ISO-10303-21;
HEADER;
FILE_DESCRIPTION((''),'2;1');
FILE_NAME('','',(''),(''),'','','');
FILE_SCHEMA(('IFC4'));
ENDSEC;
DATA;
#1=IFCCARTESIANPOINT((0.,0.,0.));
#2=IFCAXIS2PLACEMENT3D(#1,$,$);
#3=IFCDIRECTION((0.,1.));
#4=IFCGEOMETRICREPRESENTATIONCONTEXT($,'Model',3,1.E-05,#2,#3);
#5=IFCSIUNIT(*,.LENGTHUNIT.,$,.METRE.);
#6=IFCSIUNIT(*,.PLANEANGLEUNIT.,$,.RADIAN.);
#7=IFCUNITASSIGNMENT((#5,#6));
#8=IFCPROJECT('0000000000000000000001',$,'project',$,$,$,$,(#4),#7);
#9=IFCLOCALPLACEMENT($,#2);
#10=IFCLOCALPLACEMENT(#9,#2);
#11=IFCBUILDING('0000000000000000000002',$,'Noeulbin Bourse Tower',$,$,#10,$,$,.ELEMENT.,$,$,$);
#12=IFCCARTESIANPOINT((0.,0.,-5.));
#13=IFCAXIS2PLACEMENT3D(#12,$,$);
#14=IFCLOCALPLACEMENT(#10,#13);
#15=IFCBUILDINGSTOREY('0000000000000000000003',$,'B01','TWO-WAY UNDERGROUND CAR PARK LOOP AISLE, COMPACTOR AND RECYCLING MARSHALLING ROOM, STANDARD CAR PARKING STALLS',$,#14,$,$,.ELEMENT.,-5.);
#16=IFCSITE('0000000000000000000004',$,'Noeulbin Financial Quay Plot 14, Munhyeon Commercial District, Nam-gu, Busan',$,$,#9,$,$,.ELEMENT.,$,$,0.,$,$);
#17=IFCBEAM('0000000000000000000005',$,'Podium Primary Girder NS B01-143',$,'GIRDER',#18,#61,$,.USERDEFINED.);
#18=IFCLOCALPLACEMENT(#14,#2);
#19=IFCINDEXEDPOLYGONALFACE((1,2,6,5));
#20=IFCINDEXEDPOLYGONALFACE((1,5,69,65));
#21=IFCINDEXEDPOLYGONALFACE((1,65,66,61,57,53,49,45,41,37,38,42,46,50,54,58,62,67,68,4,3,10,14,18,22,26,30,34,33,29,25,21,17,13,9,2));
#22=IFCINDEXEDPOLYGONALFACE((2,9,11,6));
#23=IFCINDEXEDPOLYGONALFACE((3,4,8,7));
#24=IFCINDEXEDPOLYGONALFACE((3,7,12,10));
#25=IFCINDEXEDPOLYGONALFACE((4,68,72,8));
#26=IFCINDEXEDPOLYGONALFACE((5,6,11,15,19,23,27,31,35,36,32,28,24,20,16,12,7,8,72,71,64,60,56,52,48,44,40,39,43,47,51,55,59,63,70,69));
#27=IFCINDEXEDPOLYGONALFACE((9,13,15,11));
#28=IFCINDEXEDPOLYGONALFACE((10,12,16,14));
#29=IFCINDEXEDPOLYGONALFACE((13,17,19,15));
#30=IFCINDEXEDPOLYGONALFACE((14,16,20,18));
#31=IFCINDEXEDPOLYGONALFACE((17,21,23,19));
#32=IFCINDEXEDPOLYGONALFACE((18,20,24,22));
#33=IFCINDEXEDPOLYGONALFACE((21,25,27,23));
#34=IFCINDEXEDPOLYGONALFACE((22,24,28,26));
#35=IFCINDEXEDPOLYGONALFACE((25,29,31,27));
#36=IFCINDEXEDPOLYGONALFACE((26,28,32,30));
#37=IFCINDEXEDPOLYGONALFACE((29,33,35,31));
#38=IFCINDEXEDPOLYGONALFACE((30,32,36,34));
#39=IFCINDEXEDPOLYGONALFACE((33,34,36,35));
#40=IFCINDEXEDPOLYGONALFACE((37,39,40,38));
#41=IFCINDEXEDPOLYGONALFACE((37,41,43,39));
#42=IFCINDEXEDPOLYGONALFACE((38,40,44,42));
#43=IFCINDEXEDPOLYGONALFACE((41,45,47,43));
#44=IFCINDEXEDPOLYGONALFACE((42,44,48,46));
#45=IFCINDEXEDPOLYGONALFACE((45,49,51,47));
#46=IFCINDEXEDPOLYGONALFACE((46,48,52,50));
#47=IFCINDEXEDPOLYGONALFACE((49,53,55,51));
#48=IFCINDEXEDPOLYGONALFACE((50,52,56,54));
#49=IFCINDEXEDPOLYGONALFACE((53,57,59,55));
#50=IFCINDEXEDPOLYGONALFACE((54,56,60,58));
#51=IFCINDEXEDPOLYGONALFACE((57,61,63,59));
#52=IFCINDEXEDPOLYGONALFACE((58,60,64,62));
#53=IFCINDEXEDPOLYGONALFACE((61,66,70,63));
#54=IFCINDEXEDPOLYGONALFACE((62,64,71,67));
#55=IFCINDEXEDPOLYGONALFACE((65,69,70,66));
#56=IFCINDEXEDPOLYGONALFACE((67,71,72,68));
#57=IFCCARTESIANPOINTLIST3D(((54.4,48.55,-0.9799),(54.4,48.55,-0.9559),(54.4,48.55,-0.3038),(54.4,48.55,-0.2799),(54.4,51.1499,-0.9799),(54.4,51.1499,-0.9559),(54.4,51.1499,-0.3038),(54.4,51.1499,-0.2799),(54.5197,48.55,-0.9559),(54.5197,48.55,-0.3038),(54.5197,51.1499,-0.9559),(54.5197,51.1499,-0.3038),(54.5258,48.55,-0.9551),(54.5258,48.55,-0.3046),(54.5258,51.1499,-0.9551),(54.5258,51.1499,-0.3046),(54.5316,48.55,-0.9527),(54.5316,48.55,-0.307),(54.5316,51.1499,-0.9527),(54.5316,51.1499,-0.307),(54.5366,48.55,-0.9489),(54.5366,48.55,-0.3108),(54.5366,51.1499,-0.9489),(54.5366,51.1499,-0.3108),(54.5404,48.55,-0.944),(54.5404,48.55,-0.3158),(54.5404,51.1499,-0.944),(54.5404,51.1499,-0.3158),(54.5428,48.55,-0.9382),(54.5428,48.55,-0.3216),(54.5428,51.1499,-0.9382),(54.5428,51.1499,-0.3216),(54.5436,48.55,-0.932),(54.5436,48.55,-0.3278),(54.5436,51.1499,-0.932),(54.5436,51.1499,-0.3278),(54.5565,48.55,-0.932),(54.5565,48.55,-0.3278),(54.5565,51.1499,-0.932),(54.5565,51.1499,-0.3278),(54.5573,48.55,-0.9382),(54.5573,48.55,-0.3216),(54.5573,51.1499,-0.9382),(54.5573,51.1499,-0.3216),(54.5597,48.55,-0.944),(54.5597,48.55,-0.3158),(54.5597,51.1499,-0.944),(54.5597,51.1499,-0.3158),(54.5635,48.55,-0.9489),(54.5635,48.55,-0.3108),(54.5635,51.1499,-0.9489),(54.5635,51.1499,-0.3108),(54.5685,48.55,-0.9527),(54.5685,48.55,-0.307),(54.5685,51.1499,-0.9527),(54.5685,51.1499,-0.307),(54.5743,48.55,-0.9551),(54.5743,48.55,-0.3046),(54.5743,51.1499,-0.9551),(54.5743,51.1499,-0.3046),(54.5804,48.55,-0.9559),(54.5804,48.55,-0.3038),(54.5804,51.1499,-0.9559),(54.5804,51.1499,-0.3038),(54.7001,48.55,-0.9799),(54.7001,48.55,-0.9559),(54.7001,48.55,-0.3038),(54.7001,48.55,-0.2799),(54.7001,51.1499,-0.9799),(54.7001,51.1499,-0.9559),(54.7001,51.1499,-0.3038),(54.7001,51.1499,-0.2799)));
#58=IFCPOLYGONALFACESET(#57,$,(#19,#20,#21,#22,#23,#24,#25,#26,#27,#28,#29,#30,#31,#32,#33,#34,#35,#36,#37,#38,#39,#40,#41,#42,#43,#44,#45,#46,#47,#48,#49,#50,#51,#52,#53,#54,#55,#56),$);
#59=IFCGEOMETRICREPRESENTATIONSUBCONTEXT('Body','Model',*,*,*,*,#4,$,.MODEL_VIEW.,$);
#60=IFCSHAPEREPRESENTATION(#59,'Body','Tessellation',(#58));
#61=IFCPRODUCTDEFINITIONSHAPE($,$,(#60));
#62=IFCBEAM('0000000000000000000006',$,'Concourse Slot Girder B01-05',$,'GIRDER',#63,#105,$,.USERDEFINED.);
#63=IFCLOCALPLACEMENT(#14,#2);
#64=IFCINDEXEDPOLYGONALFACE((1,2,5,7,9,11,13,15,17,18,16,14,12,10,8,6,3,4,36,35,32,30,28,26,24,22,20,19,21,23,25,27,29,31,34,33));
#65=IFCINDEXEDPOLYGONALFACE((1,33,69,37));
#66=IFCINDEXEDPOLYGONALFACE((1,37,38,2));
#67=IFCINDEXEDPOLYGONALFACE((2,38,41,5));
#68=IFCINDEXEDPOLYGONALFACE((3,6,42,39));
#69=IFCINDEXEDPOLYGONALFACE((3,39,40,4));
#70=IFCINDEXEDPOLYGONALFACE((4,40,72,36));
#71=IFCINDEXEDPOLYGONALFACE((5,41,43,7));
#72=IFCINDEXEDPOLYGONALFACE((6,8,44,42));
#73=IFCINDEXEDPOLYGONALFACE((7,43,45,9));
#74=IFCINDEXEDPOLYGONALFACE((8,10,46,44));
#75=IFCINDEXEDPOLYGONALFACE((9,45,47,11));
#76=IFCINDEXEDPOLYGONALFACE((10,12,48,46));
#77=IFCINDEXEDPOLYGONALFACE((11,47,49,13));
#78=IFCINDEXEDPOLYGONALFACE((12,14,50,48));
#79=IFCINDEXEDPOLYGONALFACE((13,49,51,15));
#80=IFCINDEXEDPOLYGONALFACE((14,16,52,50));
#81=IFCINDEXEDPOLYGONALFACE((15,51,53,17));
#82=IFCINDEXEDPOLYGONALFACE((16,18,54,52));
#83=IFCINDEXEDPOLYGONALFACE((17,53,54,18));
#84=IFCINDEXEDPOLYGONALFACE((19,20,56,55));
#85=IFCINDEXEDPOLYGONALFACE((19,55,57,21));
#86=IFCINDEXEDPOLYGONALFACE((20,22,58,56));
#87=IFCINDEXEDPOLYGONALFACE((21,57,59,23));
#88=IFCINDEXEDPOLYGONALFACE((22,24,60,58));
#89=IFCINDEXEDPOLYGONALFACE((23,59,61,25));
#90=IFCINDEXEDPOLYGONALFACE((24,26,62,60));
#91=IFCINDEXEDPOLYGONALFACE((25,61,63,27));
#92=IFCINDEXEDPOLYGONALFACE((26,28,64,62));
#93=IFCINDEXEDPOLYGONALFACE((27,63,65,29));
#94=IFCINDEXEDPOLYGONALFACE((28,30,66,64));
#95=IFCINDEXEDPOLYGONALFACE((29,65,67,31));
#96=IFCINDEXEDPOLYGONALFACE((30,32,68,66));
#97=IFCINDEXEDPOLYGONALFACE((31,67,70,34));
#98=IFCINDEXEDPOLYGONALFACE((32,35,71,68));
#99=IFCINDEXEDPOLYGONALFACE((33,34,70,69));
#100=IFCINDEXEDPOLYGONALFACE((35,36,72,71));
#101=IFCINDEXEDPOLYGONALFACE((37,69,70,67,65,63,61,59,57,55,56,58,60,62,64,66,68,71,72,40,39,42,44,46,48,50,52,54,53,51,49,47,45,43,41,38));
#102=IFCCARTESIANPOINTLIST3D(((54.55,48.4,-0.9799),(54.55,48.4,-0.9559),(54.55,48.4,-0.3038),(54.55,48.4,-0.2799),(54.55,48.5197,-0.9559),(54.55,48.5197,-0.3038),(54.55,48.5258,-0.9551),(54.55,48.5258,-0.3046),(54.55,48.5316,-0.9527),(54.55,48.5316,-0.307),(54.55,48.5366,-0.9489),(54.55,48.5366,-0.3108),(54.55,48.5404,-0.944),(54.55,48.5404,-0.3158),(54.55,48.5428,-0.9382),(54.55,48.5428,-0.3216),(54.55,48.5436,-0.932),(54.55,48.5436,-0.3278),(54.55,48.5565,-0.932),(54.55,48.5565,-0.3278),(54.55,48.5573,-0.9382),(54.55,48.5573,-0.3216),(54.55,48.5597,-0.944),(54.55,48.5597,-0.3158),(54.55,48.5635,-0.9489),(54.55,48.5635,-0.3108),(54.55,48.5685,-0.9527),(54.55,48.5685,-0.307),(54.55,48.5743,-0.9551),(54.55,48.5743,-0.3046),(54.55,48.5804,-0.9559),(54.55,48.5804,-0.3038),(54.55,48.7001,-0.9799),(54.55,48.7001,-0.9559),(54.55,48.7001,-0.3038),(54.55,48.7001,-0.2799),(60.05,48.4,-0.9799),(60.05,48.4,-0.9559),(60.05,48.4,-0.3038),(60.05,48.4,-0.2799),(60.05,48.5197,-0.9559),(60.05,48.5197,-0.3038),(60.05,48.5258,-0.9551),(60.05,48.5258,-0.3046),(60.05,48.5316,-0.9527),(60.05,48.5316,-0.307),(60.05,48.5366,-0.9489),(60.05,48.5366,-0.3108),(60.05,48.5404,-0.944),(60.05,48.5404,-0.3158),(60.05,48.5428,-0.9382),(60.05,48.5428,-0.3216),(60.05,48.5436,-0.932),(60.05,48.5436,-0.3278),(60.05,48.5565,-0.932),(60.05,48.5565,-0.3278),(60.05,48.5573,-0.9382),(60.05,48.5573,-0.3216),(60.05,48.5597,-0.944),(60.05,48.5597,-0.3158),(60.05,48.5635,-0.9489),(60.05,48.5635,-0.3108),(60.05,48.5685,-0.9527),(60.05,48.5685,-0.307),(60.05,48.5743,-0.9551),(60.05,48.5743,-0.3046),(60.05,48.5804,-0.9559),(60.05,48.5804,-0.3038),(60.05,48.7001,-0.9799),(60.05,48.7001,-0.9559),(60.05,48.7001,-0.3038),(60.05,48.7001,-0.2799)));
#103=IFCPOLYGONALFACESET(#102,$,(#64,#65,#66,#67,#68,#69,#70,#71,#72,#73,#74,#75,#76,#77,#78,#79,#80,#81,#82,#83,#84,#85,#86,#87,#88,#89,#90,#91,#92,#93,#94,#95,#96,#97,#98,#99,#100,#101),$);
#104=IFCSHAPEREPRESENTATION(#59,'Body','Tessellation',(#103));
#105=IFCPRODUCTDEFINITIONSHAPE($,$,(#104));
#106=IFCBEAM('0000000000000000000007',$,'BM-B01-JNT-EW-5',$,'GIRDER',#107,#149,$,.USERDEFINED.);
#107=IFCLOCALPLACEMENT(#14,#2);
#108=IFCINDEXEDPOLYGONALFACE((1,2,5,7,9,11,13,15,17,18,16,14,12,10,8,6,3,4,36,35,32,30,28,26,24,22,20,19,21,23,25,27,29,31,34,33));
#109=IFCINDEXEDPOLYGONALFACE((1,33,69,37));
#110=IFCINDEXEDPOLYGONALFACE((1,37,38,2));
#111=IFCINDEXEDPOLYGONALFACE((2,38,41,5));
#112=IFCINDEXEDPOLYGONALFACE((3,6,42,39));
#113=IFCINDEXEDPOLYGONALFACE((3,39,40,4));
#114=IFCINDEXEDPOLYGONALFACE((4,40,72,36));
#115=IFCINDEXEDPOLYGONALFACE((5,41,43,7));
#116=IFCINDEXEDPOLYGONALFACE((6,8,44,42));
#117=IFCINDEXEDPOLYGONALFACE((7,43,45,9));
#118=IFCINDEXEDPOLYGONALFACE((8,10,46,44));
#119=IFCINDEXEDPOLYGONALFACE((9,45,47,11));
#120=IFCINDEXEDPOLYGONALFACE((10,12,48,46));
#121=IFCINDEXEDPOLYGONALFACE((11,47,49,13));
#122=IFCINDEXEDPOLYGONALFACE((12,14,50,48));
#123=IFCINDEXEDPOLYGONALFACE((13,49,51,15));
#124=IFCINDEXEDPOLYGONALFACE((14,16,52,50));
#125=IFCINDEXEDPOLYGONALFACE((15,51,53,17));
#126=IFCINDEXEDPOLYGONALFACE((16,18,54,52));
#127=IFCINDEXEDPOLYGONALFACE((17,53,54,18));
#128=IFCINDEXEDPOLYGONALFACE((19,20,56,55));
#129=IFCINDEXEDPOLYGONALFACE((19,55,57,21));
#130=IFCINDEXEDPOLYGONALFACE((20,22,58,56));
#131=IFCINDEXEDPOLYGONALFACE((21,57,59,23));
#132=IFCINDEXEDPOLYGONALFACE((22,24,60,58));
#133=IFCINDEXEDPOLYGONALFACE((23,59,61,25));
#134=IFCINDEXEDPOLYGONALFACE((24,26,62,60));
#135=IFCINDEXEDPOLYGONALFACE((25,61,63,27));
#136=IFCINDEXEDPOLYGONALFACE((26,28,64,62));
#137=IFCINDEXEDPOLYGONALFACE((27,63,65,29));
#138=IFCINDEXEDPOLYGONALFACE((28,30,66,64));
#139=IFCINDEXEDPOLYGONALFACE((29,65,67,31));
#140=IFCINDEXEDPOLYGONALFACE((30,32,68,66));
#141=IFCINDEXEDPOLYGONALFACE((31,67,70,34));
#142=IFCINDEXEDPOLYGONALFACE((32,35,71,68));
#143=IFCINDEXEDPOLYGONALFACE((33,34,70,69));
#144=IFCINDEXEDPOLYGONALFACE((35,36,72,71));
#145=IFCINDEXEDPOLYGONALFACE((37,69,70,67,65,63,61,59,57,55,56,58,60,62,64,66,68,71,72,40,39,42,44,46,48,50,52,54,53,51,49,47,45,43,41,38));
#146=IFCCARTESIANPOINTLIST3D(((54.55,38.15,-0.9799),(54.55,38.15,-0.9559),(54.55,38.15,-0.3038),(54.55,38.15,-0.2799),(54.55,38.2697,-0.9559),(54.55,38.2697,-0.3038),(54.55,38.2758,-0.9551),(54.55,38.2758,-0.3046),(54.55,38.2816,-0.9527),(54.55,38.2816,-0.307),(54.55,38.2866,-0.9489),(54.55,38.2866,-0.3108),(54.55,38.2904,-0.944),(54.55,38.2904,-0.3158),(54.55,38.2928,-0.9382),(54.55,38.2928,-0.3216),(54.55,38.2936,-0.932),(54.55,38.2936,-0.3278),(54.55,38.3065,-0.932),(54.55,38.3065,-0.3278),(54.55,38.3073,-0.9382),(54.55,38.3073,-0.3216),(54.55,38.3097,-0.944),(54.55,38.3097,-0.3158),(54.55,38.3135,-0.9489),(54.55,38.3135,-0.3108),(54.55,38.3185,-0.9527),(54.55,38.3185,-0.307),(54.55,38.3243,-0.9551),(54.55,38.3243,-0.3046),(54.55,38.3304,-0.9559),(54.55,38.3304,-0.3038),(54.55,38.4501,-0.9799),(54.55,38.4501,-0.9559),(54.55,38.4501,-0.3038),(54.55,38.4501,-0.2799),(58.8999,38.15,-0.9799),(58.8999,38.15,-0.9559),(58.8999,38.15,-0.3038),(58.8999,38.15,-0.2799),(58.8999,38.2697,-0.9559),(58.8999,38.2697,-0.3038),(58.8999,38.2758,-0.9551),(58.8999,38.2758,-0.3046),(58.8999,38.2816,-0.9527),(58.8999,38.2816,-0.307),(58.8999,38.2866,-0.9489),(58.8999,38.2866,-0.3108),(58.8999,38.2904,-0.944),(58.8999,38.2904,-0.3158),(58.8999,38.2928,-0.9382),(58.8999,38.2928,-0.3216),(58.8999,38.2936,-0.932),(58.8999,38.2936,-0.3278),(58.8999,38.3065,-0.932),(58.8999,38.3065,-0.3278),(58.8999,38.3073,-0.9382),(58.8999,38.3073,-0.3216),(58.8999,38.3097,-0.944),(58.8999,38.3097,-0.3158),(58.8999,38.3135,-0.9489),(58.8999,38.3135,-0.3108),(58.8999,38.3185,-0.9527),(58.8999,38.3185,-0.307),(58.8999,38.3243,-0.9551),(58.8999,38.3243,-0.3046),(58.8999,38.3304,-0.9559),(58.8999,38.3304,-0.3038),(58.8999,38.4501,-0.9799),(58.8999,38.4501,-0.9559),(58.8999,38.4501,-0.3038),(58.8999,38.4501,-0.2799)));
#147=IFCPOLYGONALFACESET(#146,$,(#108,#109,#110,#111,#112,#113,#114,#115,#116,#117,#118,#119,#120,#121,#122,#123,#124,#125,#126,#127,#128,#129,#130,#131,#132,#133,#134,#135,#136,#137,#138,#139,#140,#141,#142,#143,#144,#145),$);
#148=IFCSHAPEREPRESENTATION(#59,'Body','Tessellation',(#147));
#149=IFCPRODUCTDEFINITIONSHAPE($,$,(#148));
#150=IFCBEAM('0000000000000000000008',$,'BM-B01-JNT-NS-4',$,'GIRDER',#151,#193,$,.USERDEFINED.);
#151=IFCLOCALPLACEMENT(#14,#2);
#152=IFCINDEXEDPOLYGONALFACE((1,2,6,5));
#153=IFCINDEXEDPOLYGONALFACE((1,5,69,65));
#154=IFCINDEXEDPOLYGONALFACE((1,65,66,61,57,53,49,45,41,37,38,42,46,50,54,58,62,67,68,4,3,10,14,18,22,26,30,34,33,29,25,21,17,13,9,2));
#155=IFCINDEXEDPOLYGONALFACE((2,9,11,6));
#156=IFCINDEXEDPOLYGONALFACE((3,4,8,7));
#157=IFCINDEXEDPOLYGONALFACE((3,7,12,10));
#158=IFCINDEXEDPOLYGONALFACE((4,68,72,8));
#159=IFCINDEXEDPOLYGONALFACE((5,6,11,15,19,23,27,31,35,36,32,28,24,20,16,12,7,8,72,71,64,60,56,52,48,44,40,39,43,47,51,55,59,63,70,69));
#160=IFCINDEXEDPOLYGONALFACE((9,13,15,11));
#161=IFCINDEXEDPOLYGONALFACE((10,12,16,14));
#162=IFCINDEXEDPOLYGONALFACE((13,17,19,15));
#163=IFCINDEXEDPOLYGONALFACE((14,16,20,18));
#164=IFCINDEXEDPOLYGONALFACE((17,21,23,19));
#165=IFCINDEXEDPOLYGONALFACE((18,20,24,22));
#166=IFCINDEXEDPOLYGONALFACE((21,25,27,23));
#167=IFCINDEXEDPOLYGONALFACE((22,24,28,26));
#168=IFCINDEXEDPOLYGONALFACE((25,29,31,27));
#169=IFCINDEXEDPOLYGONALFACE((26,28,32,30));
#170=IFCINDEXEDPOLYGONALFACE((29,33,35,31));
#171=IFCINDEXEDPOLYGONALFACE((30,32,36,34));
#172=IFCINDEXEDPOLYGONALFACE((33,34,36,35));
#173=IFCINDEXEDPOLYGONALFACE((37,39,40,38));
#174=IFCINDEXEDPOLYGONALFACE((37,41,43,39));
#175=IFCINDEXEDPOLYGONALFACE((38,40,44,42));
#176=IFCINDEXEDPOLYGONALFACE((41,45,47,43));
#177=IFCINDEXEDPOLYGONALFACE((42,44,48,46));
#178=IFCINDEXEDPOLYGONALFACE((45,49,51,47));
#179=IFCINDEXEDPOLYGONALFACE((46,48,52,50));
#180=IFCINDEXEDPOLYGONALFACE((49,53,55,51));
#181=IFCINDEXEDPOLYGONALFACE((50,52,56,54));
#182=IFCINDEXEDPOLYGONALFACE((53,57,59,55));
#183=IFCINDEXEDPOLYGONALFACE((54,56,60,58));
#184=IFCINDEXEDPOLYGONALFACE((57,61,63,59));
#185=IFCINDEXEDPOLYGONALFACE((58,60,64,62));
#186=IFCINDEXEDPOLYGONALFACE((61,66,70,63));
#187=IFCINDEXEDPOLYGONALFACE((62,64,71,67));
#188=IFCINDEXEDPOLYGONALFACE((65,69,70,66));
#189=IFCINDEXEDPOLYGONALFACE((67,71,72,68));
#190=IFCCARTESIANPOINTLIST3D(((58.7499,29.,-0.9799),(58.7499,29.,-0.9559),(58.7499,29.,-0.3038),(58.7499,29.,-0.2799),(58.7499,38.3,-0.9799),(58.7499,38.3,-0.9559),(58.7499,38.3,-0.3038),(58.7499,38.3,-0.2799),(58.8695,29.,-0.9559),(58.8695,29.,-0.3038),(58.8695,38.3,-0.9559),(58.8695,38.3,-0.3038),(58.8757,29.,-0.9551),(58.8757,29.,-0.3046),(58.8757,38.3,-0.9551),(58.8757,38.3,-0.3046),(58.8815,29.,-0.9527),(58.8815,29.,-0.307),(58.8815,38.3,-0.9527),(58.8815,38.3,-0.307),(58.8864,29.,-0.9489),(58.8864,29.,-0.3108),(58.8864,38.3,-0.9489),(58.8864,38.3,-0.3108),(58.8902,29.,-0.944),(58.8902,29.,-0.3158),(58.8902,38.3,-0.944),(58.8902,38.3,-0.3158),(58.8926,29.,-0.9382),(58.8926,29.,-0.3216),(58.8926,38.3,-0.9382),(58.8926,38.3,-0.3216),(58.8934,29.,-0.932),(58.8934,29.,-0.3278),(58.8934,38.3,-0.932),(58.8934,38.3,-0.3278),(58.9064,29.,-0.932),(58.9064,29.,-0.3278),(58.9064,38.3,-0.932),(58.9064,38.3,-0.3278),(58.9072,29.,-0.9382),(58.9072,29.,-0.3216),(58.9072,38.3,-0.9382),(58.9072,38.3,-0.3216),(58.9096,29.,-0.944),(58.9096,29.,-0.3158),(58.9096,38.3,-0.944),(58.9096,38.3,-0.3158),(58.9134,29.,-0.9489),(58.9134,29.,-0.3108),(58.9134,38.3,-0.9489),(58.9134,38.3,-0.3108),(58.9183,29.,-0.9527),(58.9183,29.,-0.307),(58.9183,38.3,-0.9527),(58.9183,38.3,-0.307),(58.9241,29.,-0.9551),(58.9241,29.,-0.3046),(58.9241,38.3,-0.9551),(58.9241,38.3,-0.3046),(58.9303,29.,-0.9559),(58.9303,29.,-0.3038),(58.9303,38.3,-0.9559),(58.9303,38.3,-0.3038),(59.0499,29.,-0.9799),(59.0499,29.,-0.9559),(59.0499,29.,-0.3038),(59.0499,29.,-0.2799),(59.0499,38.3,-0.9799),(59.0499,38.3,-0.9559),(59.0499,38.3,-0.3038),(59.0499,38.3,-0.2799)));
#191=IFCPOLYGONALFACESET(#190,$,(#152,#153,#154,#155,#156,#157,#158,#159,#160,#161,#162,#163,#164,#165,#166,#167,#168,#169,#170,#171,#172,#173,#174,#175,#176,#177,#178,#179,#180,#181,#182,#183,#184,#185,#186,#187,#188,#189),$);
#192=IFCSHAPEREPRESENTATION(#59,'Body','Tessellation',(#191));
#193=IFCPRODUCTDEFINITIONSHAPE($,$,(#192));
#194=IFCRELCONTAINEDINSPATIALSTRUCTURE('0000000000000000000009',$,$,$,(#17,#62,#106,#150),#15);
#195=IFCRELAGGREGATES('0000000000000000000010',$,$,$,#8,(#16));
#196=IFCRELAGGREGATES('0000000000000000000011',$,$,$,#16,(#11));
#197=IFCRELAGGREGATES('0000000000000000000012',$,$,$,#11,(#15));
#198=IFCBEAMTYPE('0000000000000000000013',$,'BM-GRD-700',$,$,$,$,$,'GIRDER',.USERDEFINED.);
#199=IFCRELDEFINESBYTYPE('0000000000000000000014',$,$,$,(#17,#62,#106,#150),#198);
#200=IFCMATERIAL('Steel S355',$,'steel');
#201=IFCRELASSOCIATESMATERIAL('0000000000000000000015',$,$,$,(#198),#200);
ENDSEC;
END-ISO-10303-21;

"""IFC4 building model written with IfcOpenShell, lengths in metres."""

from ifc_helpers import new_model, si_unit, direction, frame, origin, origin_2d, place, context, subcontext, project, spatial, i_section, extrude, material, material_profile, profile_set, type_object, element, save


model = new_model("IFC4")

# Units and contexts
model_context = context("Model", 3, precision=1e-05, world=origin(), true_north=direction((0.0, 1.0)))
body_context = subcontext(model_context, "Body", "Model", "MODEL_VIEW")
ifc_project = project(units=[si_unit("LENGTHUNIT", "METRE"), si_unit("PLANEANGLEUNIT", "RADIAN")], contexts=[model_context])

# Site, building, storey
site_placement = place(None, origin())
site = spatial("IfcSite", under=ifc_project, at=site_placement, Name="Noeulbin Financial Quay Plot 14, Munhyeon Commercial District, Nam-gu, Busan", CompositionType="ELEMENT", RefElevation=0.0)
building_placement = place(site_placement, origin())
building = spatial("IfcBuilding", under=site, at=building_placement, Name="Noeulbin Bourse Tower", CompositionType="ELEMENT")
storey_placement = place(building_placement, frame((0.0, 0.0, -5.0)))
storey = spatial("IfcBuildingStorey", under=building, at=storey_placement, Name="B01", Description="TWO-WAY UNDERGROUND CAR PARK LOOP AISLE, COMPACTOR AND RECYCLING MARSHALLING ROOM, STANDARD CAR PARKING STALLS", CompositionType="ELEMENT", Elevation=-5.0)

# Beams
ifc_material_1 = material(Name="Steel S355", Category="steel")
ifc_material_profile_1 = material_profile(ifc_material_1, i_section(OverallWidth=0.3, OverallDepth=0.7, WebThickness=0.0129, FlangeThickness=0.0239, FilletRadius=0.0239, at=origin_2d()), Name="H-700x300x13x24", Category="LoadBearing")
ifc_profile_set_1 = profile_set([ifc_material_profile_1], Name="Steel S355")
beam_type_1 = type_object("IfcBeamType", Name="BM-GRD-700", ElementType="GIRDER", PredefinedType="USERDEFINED", material=ifc_profile_set_1)
beam_1_placement = place(storey_placement, frame((54.55, 48.55, -0.6299), z_axis=(0.0, 1.0, 0.0), x_axis=(-1.0, 0.0, 0.0)))
element("IfcBeam", 1, at=beam_1_placement, inside=storey, type_object=beam_type_1, Name="Podium Primary Girder NS B01-143", ObjectType="GIRDER", PredefinedType="USERDEFINED", context=body_context, shape_type="SweptSolid", body=[
    extrude(i_section(OverallWidth=0.3, OverallDepth=0.7, WebThickness=0.0129, FlangeThickness=0.0239, FilletRadius=0.0239, at=origin_2d()), origin(), (0.0, 0.0, 1.0), 2.5999),
])
beam_2_placement = place(storey_placement, frame((54.55, 48.55, -0.6299), z_axis=(1.0, 0.0, 0.0), x_axis=(0.0, 1.0, 0.0)))
element("IfcBeam", 2, at=beam_2_placement, inside=storey, type_object=beam_type_1, Name="Concourse Slot Girder B01-05", ObjectType="GIRDER", PredefinedType="USERDEFINED", context=body_context, shape_type="SweptSolid", body=[
    extrude(i_section(OverallWidth=0.3, OverallDepth=0.7, WebThickness=0.0129, FlangeThickness=0.0239, FilletRadius=0.0239, at=origin_2d()), origin(), (0.0, 0.0, 1.0), 5.5),
])
beam_3_placement = place(storey_placement, frame((54.55, 38.3, -0.6299), z_axis=(1.0, 0.0, 0.0), x_axis=(0.0, 1.0, 0.0)))
element("IfcBeam", 3, at=beam_3_placement, inside=storey, type_object=beam_type_1, Name="BM-B01-JNT-EW-5", ObjectType="GIRDER", PredefinedType="USERDEFINED", context=body_context, shape_type="SweptSolid", body=[
    extrude(i_section(OverallWidth=0.3, OverallDepth=0.7, WebThickness=0.0129, FlangeThickness=0.0239, FilletRadius=0.0239, at=origin_2d()), origin(), (0.0, 0.0, 1.0), 4.3499),
])
beam_4_placement = place(storey_placement, frame((58.8999, 29.0, -0.6299), z_axis=(0.0, 1.0, 0.0), x_axis=(-1.0, 0.0, 0.0)))
element("IfcBeam", 4, at=beam_4_placement, inside=storey, type_object=beam_type_1, Name="BM-B01-JNT-NS-4", ObjectType="GIRDER", PredefinedType="USERDEFINED", context=body_context, shape_type="SweptSolid", body=[
    extrude(i_section(OverallWidth=0.3, OverallDepth=0.7, WebThickness=0.0129, FlangeThickness=0.0239, FilletRadius=0.0239, at=origin_2d()), origin(), (0.0, 0.0, 1.0), 9.3),
])

save(model, "model.ifc")
